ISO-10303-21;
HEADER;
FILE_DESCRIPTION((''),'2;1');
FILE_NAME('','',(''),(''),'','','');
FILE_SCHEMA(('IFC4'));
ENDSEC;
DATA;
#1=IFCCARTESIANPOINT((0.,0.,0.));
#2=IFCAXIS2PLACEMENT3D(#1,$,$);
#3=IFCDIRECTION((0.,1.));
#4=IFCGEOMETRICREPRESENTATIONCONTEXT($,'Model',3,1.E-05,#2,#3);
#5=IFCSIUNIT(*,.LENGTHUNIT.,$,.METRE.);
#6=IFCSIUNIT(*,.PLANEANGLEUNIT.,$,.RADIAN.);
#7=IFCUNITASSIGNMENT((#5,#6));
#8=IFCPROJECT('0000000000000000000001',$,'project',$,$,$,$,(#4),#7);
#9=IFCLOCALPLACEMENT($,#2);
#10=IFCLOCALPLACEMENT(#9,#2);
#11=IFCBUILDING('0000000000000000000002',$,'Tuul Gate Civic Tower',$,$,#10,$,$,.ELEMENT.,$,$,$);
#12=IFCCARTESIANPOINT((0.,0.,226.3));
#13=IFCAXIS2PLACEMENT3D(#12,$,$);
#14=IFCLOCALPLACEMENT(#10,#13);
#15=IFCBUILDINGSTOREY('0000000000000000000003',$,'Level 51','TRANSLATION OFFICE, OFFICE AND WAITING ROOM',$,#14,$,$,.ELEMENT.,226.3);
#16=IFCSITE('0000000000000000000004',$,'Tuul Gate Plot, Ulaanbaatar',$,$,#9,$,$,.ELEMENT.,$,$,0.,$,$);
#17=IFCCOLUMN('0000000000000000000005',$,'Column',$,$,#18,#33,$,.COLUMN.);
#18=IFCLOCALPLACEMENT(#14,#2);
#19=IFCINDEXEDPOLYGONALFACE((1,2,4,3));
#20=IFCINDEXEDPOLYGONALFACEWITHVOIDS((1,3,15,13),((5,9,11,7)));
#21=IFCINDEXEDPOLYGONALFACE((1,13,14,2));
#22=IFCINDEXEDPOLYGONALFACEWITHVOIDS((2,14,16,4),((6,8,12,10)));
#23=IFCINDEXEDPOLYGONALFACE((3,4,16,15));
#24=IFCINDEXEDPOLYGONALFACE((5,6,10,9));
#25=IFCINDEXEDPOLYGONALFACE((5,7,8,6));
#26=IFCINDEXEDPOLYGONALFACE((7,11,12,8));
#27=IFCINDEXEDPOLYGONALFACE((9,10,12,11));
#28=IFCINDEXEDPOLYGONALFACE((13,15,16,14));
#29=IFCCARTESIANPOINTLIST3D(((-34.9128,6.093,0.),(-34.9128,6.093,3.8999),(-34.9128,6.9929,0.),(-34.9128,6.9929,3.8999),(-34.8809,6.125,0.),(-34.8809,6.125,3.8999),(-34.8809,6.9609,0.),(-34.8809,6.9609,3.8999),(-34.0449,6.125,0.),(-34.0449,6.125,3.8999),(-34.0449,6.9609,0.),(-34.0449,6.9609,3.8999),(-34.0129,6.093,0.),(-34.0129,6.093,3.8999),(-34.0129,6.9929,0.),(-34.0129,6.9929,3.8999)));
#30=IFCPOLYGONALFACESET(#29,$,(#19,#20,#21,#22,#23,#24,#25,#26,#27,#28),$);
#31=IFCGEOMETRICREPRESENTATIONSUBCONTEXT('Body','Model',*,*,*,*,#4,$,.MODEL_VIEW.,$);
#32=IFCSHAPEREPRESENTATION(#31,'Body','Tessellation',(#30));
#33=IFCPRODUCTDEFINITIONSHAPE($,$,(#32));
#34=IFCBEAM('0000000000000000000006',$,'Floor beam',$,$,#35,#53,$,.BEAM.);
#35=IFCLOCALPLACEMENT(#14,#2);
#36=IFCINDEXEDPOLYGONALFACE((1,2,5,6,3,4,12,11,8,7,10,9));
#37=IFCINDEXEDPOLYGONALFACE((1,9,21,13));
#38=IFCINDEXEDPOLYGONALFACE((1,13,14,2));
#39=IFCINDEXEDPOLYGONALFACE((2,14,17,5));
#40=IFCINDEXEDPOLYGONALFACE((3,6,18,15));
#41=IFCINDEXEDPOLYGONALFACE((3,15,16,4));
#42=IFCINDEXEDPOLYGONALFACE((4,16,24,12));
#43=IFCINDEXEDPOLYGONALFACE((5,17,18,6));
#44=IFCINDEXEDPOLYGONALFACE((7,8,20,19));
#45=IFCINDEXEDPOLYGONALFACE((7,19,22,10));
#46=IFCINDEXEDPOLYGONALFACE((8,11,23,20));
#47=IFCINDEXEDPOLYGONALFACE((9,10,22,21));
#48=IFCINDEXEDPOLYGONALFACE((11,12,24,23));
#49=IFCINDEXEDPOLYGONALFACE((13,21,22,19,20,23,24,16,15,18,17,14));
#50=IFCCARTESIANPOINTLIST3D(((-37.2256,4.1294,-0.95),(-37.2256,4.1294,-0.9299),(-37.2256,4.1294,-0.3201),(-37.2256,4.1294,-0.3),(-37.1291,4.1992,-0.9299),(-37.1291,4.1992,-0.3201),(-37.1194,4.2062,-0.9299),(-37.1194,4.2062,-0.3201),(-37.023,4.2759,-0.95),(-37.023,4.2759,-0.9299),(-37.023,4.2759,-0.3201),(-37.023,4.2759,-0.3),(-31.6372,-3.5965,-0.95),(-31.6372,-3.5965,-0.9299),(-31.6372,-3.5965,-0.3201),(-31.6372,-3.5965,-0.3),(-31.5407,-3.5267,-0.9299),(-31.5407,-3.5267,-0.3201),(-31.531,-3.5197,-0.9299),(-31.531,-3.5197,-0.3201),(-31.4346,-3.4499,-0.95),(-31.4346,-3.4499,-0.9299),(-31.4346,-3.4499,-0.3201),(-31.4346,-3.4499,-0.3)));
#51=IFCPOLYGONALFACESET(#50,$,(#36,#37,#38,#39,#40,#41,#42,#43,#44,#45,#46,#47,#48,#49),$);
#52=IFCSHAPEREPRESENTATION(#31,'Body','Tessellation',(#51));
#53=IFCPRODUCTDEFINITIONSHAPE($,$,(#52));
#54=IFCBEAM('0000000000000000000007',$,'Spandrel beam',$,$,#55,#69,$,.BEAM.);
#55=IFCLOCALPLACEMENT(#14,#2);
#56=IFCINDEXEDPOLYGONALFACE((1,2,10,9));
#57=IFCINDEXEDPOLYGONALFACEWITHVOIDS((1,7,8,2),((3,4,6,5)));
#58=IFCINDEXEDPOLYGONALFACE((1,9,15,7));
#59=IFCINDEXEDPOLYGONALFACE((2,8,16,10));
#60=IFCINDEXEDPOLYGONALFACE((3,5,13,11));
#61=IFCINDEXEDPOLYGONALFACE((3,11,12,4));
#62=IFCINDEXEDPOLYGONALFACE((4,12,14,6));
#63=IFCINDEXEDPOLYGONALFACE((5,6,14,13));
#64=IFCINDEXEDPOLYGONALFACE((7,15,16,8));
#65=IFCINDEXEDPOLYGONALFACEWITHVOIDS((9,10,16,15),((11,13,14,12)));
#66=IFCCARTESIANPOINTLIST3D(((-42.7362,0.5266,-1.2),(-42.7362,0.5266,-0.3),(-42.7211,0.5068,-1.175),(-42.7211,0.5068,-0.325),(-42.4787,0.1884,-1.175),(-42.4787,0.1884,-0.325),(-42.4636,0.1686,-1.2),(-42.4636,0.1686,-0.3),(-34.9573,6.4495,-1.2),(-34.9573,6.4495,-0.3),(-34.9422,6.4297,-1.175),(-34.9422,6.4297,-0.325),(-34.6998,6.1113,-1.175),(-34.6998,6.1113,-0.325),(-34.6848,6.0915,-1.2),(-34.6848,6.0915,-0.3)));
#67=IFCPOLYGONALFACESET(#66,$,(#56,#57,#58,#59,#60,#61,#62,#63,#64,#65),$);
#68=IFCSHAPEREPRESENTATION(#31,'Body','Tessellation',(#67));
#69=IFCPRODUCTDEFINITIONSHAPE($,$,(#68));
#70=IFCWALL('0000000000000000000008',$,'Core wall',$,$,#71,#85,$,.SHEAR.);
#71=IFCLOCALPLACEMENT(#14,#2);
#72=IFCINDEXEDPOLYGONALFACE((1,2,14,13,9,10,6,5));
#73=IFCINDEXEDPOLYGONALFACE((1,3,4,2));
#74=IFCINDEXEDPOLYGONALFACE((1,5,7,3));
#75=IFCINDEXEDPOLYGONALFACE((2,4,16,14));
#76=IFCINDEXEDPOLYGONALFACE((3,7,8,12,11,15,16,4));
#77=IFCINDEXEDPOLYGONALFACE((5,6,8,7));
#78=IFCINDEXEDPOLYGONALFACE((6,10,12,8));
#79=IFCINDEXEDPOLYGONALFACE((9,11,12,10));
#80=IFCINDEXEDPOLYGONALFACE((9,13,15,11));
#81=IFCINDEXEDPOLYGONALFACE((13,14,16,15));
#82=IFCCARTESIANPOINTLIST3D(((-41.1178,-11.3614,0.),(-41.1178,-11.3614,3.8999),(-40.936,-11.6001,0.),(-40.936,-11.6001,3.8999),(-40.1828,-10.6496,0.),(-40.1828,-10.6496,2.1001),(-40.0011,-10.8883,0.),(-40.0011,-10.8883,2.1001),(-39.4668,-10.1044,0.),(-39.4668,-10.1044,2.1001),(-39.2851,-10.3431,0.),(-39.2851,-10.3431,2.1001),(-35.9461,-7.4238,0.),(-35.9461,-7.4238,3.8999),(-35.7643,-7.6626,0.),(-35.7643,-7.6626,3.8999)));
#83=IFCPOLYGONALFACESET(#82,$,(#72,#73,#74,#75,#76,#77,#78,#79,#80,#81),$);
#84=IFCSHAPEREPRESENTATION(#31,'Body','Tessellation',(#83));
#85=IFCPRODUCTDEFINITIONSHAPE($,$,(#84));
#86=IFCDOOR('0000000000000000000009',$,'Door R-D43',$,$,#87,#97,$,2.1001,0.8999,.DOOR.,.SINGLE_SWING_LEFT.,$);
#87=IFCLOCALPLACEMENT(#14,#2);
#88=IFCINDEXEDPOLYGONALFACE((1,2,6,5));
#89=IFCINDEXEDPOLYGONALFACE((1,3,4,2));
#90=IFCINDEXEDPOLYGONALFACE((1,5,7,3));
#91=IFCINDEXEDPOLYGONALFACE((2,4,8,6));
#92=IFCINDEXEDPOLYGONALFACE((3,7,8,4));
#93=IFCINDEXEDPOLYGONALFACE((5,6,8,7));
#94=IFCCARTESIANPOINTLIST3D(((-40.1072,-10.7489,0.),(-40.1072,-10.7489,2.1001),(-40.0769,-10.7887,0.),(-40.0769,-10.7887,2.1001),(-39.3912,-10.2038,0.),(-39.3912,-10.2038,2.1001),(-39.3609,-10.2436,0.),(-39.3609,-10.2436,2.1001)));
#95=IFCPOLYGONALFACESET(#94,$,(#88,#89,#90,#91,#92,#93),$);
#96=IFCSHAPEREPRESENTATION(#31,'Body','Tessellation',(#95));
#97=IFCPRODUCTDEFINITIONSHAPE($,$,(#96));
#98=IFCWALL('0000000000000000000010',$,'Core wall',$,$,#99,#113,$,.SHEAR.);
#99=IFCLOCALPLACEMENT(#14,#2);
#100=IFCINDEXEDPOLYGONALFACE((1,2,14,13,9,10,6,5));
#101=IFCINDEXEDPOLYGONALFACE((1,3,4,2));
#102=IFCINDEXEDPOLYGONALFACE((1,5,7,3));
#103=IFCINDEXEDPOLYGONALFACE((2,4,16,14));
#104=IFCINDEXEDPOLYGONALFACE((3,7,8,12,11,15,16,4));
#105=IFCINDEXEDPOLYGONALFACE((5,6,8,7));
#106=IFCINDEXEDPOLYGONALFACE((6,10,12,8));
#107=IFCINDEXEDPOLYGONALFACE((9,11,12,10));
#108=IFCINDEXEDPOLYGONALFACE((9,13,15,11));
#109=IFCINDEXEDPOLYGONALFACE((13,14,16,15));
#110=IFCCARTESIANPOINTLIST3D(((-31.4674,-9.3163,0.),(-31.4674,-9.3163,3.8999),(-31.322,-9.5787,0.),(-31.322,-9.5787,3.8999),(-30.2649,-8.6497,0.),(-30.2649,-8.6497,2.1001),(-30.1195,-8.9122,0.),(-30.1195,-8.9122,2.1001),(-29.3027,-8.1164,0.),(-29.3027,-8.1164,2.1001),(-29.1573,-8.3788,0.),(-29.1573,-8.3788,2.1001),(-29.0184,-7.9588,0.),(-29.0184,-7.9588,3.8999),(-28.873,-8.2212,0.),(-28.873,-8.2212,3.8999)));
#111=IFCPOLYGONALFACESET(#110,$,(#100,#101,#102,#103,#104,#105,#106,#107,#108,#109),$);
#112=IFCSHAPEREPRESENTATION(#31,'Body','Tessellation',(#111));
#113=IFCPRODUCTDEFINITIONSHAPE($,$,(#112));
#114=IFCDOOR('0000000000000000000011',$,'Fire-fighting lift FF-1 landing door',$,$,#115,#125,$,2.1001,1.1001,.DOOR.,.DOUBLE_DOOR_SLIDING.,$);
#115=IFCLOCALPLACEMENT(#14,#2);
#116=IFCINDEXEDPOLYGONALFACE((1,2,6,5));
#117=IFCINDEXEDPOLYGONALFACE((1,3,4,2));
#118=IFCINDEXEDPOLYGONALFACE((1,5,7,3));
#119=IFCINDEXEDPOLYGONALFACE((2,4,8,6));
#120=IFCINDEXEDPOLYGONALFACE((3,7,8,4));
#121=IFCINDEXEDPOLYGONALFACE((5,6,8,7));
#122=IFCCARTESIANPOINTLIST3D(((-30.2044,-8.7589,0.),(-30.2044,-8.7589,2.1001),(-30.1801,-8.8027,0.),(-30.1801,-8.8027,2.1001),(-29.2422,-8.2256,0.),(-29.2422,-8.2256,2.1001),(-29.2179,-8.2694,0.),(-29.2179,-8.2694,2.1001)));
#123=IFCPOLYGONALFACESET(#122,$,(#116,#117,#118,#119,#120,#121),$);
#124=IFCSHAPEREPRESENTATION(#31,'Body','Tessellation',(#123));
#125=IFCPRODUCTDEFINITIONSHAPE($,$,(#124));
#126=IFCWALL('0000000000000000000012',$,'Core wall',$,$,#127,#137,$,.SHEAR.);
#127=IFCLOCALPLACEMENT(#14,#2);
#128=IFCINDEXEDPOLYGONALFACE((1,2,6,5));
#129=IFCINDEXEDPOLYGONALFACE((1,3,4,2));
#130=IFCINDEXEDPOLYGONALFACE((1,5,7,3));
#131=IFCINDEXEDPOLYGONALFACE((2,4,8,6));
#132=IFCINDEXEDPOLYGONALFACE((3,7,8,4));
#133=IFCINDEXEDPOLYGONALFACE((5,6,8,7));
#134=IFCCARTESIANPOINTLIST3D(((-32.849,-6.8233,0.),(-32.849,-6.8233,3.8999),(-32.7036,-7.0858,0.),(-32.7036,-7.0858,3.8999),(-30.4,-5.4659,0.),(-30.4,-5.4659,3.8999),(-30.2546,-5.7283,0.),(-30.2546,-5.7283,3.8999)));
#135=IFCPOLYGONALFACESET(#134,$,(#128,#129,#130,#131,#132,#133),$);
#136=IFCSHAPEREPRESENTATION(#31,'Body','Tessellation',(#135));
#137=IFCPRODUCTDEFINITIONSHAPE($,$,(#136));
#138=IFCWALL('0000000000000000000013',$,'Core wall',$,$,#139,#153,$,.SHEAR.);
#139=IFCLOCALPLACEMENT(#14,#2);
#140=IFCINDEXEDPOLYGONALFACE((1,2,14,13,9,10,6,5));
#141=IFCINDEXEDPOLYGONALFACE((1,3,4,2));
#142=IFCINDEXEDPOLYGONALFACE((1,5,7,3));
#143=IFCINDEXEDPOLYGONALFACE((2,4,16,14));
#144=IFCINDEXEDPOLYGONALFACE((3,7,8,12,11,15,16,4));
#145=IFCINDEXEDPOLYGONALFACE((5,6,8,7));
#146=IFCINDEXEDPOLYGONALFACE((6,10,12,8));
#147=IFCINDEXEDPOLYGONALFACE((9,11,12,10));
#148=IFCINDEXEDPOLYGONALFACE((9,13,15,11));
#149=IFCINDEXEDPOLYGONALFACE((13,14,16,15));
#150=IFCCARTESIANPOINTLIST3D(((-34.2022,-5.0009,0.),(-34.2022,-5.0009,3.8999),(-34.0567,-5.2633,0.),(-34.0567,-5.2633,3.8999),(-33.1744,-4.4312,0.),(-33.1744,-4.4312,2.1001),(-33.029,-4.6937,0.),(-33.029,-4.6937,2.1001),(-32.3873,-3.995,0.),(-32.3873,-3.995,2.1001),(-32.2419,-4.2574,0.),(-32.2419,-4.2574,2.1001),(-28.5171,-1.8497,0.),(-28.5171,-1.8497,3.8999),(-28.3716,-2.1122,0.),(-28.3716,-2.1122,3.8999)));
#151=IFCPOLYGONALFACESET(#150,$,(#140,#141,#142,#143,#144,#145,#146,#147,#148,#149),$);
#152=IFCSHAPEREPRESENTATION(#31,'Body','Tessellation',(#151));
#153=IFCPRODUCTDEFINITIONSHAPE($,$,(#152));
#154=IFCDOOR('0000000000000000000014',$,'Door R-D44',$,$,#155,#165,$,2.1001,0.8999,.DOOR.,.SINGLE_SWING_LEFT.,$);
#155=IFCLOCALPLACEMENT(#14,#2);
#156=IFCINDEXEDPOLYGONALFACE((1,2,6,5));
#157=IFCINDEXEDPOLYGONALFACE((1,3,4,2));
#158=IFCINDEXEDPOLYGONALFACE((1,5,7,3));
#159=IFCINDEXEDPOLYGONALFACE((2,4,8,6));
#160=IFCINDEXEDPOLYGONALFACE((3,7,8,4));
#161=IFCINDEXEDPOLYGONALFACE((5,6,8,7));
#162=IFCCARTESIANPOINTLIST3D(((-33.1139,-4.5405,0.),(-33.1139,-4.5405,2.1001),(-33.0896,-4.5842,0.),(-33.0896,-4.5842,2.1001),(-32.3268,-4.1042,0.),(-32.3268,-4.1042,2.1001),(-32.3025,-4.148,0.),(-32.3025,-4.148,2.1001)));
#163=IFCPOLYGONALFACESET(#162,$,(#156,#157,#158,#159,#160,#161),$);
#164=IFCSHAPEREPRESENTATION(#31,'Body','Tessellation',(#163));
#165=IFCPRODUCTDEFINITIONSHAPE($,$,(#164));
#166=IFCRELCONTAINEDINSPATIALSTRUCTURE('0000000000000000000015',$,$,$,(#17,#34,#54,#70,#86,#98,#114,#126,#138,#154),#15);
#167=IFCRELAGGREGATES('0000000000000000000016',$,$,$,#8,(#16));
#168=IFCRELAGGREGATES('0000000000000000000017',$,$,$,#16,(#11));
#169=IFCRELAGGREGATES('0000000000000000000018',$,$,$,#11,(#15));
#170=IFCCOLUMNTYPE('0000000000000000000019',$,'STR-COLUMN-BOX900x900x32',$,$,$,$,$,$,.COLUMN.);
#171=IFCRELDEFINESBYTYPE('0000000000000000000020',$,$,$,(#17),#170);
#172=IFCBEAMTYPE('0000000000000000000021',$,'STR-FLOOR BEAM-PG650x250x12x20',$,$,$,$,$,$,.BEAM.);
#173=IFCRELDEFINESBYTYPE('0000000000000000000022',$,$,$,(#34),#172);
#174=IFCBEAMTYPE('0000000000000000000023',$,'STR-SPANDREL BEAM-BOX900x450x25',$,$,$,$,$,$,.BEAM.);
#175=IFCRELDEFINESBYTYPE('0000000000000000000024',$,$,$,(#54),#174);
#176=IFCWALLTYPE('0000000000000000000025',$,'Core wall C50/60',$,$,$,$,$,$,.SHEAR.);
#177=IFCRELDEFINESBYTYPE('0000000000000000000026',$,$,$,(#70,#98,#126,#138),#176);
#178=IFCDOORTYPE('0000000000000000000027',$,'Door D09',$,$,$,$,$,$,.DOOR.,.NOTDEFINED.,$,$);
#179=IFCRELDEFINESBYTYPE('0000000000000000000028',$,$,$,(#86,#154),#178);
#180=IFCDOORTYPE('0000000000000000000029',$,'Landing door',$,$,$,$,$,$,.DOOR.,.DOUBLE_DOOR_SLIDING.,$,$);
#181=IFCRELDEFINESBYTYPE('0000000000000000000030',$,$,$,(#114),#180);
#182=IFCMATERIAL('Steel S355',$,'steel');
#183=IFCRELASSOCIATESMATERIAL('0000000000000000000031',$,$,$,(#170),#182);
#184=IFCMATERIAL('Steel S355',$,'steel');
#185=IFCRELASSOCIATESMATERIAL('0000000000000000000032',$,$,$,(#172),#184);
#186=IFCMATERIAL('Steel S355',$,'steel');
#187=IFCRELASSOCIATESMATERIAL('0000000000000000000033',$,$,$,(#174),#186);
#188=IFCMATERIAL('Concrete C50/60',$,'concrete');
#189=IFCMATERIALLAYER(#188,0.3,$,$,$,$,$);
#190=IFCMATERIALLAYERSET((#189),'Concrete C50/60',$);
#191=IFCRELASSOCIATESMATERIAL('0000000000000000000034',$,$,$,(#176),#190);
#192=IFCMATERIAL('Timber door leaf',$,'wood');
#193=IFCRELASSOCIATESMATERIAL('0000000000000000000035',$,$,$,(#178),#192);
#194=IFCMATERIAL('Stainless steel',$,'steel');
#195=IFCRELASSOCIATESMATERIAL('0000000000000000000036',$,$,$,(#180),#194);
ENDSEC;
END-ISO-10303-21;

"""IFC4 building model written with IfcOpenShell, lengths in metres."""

from ifc_helpers import new_model, si_unit, direction, frame, frame_2d, origin, origin_2d, place, context, subcontext, project, spatial, rectangle, hollow_rectangle, i_section, extrude, material, layer, layer_set, material_profile, profile_set, type_object, element, fill, save


model = new_model("IFC4")

# Units and contexts
model_context = context("Model", 3, precision=1e-05, world=origin(), true_north=direction((0.0, 1.0)))
body_context = subcontext(model_context, "Body", "Model", "MODEL_VIEW")
ifc_project = project(units=[si_unit("LENGTHUNIT", "METRE"), si_unit("PLANEANGLEUNIT", "RADIAN")], contexts=[model_context])

# Site, building, storey
site_placement = place(None, origin())
site = spatial("IfcSite", under=ifc_project, at=site_placement, Name="Tuul Gate Plot, Ulaanbaatar", CompositionType="ELEMENT", RefElevation=0.0)
building_placement = place(site_placement, origin())
building = spatial("IfcBuilding", under=site, at=building_placement, Name="Tuul Gate Civic Tower", CompositionType="ELEMENT")
storey_placement = place(building_placement, frame((0.0, 0.0, 226.3)))
storey = spatial("IfcBuildingStorey", under=building, at=storey_placement, Name="Level 51", Description="TRANSLATION OFFICE, OFFICE AND WAITING ROOM", CompositionType="ELEMENT", Elevation=226.3)

# Column
ifc_material_1 = material(Name="Steel S355", Category="steel")
ifc_material_profile_1 = material_profile(ifc_material_1, hollow_rectangle(XDim=0.8999, YDim=0.8999, WallThickness=0.032, at=origin_2d()), Name="BOX900x900x32")
ifc_profile_set_1 = profile_set([ifc_material_profile_1], Name="Steel S355")
column_type = type_object("IfcColumnType", Name="STR-COLUMN-BOX900x900x32", PredefinedType="COLUMN", material=ifc_profile_set_1)
column_placement = place(storey_placement, frame((-34.4629, 6.543, 0.0), z_axis=(0.0, 0.0, 1.0), x_axis=(1.0, 0.0, 0.0)))
element("IfcColumn", 1, at=column_placement, inside=storey, type_object=column_type, Name="Column", PredefinedType="COLUMN", context=body_context, shape_type="SweptSolid", body=[
    extrude(hollow_rectangle(XDim=0.8999, YDim=0.8999, WallThickness=0.032, at=origin_2d()), origin(), (0.0, 0.0, 1.0), 3.8999),
])

# Beams
ifc_material_2 = material(Name="Steel S355", Category="steel")
ifc_material_profile_2 = material_profile(ifc_material_2, i_section(OverallWidth=0.25, OverallDepth=0.6499, WebThickness=0.012, FlangeThickness=0.02, at=origin_2d()), Name="PG650x250x12x20")
ifc_profile_set_2 = profile_set([ifc_material_profile_2], Name="Steel S355")
beam_type_1 = type_object("IfcBeamType", Name="STR-FLOOR BEAM-PG650x250x12x20", PredefinedType="BEAM", material=ifc_profile_set_2)
beam_1_placement = place(storey_placement, frame((-31.5359, -3.5232, -0.625), z_axis=(-0.586084, 0.81025, 0.0), x_axis=(-0.81025, -0.586084, 0.0)))
element("IfcBeam", 2, at=beam_1_placement, inside=storey, type_object=beam_type_1, Name="Floor beam", PredefinedType="BEAM", context=body_context, shape_type="SweptSolid", body=[
    extrude(i_section(OverallWidth=0.25, OverallDepth=0.6499, WebThickness=0.012, FlangeThickness=0.02, at=origin_2d()), origin(), (0.0, 0.0, 1.0), 9.5352),
])
ifc_material_3 = material(Name="Steel S355", Category="steel")
ifc_material_profile_3 = material_profile(ifc_material_3, hollow_rectangle(XDim=0.45, YDim=0.8999, WallThickness=0.0249, at=origin_2d()), Name="BOX900x450x25")
ifc_profile_set_3 = profile_set([ifc_material_profile_3], Name="Steel S355")
beam_type_2 = type_object("IfcBeamType", Name="STR-SPANDREL BEAM-BOX900x450x25", PredefinedType="BEAM", material=ifc_profile_set_3)
beam_2_placement = place(storey_placement, frame((-34.821, 6.2705, -0.75), z_axis=(-0.795622, -0.605793, 0.0), x_axis=(0.605793, -0.795622, 0.0)))
element("IfcBeam", 3, at=beam_2_placement, inside=storey, type_object=beam_type_2, Name="Spandrel beam", PredefinedType="BEAM", context=body_context, shape_type="SweptSolid", body=[
    extrude(hollow_rectangle(XDim=0.45, YDim=0.8999, WallThickness=0.0249, at=origin_2d()), origin(), (0.0, 0.0, 1.0), 9.7771),
])

# Walls, openings, doors
ifc_material_4 = material(Name="Concrete C50/60", Category="concrete")
ifc_layer_1 = layer(ifc_material_4, 0.3)
ifc_layer_set_1 = layer_set([ifc_layer_1], Name="Concrete C50/60")
wall_type_1 = type_object("IfcWallType", Name="Core wall C50/60", PredefinedType="SHEAR", material=ifc_layer_set_1)
wall_1_placement = place(storey_placement, frame((-35.8552, -7.5432, 0.0), z_axis=(0.0, 0.0, 1.0), x_axis=(-0.795639, -0.605772, 0.0)))
wall_1 = element("IfcWall", 4, at=wall_1_placement, inside=storey, type_object=wall_type_1, Name="Core wall", PredefinedType="SHEAR", context=body_context, shape_type="SweptSolid", body=[
    extrude(rectangle(XDim=6.5, YDim=0.3, at=frame_2d((3.25, 0.0))), origin(), (0.0, 0.0, 1.0), 3.8999),
])
opening_1_placement = place(wall_1_placement, frame((4.425, 0.0, 0.0)))
opening_1 = element("IfcOpeningElement", 5, at=opening_1_placement, cuts=wall_1, PredefinedType="OPENING", context=body_context, shape_type="SweptSolid", body=[
    extrude(rectangle(XDim=0.8999, YDim=2.1001, at=frame_2d((0.45, 1.05))), frame((0.0, 0.1602, 0.0), z_axis=(0.0, -1.0, 0.0), x_axis=(1.0, 0.0, 0.0)), (0.0, 0.0, 1.0), 0.3201),
])
ifc_material_5 = material(Name="Timber door leaf", Category="wood")
door_type_1 = type_object("IfcDoorType", Name="Door D09", OperationType="NOTDEFINED", PredefinedType="DOOR", material=ifc_material_5)
door_1_placement = place(opening_1_placement, origin())
door_1 = element("IfcDoor", 6, at=door_1_placement, inside=storey, type_object=door_type_1, Name="Door R-D43", OperationType="SINGLE_SWING_LEFT", OverallHeight=2.1001, OverallWidth=0.8999, PredefinedType="DOOR", context=body_context, shape_type="SweptSolid", body=[
    extrude(rectangle(XDim=0.8999, YDim=2.1001, at=frame_2d((0.45, 1.05))), frame((0.0, 0.0249, 0.0), z_axis=(0.0, -1.0, 0.0), x_axis=(1.0, 0.0, 0.0)), (0.0, 0.0, 1.0), 0.05),
])
fill(opening_1, door_1)
wall_2_placement = place(storey_placement, frame((-28.9458, -8.0901, 0.0), z_axis=(0.0, 0.0, 1.0), x_axis=(-0.87463, -0.484791, 0.0)))
wall_2 = element("IfcWall", 7, at=wall_2_placement, inside=storey, type_object=wall_type_1, Name="Core wall", PredefinedType="SHEAR", context=body_context, shape_type="SweptSolid", body=[
    extrude(rectangle(XDim=2.8, YDim=0.3, at=frame_2d((1.3999, 0.0))), origin(), (0.0, 0.0, 1.0), 3.8999),
])
opening_2_placement = place(wall_2_placement, frame((0.325, 0.0, 0.0)))
opening_2 = element("IfcOpeningElement", 8, at=opening_2_placement, cuts=wall_2, PredefinedType="OPENING", context=body_context, shape_type="SweptSolid", body=[
    extrude(rectangle(XDim=1.1001, YDim=2.1001, at=frame_2d((0.55, 1.05))), frame((0.0, 0.1602, 0.0), z_axis=(0.0, -1.0, 0.0), x_axis=(1.0, 0.0, 0.0)), (0.0, 0.0, 1.0), 0.3201),
])
ifc_material_6 = material(Name="Stainless steel", Category="steel")
door_type_2 = type_object("IfcDoorType", Name="Landing door", OperationType="DOUBLE_DOOR_SLIDING", PredefinedType="DOOR", material=ifc_material_6)
door_2_placement = place(opening_2_placement, origin())
door_2 = element("IfcDoor", 9, at=door_2_placement, inside=storey, type_object=door_type_2, Name="Fire-fighting lift FF-1 landing door", OperationType="DOUBLE_DOOR_SLIDING", OverallHeight=2.1001, OverallWidth=1.1001, PredefinedType="DOOR", context=body_context, shape_type="SweptSolid", body=[
    extrude(rectangle(XDim=1.1001, YDim=2.1001, at=frame_2d((0.55, 1.05))), frame((0.0, 0.0249, 0.0), z_axis=(0.0, -1.0, 0.0), x_axis=(1.0, 0.0, 0.0)), (0.0, 0.0, 1.0), 0.05),
])
fill(opening_2, door_2)

# Wall
wall_3_placement = place(storey_placement, frame((-30.3274, -5.5972, 0.0), z_axis=(0.0, 0.0, 1.0), x_axis=(-0.87463, -0.484791, 0.0)))
element("IfcWall", 10, at=wall_3_placement, inside=storey, type_object=wall_type_1, Name="Core wall", PredefinedType="SHEAR", context=body_context, shape_type="SweptSolid", body=[
    extrude(rectangle(XDim=2.8, YDim=0.3, at=frame_2d((1.3999, 0.0))), origin(), (0.0, 0.0, 1.0), 3.8999),
])

# Wall, opening, door
wall_4_placement = place(storey_placement, frame((-28.4443, -1.981, 0.0), z_axis=(0.0, 0.0, 1.0), x_axis=(-0.87463, -0.484791, 0.0)))
wall_4 = element("IfcWall", 11, at=wall_4_placement, inside=storey, type_object=wall_type_1, Name="Core wall", PredefinedType="SHEAR", context=body_context, shape_type="SweptSolid", body=[
    extrude(rectangle(XDim=6.5, YDim=0.3, at=frame_2d((3.25, 0.0))), origin(), (0.0, 0.0, 1.0), 3.8999),
])
opening_3_placement = place(wall_4_placement, frame((4.425, 0.0, 0.0)))
opening_3 = element("IfcOpeningElement", 12, at=opening_3_placement, cuts=wall_4, PredefinedType="OPENING", context=body_context, shape_type="SweptSolid", body=[
    extrude(rectangle(XDim=0.8999, YDim=2.1001, at=frame_2d((0.45, 1.05))), frame((0.0, 0.1602, 0.0), z_axis=(0.0, -1.0, 0.0), x_axis=(1.0, 0.0, 0.0)), (0.0, 0.0, 1.0), 0.3201),
])
door_3_placement = place(opening_3_placement, origin())
door_3 = element("IfcDoor", 13, at=door_3_placement, inside=storey, type_object=door_type_1, Name="Door R-D44", OperationType="SINGLE_SWING_LEFT", OverallHeight=2.1001, OverallWidth=0.8999, PredefinedType="DOOR", context=body_context, shape_type="SweptSolid", body=[
    extrude(rectangle(XDim=0.8999, YDim=2.1001, at=frame_2d((0.45, 1.05))), frame((0.0, 0.0249, 0.0), z_axis=(0.0, -1.0, 0.0), x_axis=(1.0, 0.0, 0.0)), (0.0, 0.0, 1.0), 0.05),
])
fill(opening_3, door_3)

save(model, "model.ifc")
